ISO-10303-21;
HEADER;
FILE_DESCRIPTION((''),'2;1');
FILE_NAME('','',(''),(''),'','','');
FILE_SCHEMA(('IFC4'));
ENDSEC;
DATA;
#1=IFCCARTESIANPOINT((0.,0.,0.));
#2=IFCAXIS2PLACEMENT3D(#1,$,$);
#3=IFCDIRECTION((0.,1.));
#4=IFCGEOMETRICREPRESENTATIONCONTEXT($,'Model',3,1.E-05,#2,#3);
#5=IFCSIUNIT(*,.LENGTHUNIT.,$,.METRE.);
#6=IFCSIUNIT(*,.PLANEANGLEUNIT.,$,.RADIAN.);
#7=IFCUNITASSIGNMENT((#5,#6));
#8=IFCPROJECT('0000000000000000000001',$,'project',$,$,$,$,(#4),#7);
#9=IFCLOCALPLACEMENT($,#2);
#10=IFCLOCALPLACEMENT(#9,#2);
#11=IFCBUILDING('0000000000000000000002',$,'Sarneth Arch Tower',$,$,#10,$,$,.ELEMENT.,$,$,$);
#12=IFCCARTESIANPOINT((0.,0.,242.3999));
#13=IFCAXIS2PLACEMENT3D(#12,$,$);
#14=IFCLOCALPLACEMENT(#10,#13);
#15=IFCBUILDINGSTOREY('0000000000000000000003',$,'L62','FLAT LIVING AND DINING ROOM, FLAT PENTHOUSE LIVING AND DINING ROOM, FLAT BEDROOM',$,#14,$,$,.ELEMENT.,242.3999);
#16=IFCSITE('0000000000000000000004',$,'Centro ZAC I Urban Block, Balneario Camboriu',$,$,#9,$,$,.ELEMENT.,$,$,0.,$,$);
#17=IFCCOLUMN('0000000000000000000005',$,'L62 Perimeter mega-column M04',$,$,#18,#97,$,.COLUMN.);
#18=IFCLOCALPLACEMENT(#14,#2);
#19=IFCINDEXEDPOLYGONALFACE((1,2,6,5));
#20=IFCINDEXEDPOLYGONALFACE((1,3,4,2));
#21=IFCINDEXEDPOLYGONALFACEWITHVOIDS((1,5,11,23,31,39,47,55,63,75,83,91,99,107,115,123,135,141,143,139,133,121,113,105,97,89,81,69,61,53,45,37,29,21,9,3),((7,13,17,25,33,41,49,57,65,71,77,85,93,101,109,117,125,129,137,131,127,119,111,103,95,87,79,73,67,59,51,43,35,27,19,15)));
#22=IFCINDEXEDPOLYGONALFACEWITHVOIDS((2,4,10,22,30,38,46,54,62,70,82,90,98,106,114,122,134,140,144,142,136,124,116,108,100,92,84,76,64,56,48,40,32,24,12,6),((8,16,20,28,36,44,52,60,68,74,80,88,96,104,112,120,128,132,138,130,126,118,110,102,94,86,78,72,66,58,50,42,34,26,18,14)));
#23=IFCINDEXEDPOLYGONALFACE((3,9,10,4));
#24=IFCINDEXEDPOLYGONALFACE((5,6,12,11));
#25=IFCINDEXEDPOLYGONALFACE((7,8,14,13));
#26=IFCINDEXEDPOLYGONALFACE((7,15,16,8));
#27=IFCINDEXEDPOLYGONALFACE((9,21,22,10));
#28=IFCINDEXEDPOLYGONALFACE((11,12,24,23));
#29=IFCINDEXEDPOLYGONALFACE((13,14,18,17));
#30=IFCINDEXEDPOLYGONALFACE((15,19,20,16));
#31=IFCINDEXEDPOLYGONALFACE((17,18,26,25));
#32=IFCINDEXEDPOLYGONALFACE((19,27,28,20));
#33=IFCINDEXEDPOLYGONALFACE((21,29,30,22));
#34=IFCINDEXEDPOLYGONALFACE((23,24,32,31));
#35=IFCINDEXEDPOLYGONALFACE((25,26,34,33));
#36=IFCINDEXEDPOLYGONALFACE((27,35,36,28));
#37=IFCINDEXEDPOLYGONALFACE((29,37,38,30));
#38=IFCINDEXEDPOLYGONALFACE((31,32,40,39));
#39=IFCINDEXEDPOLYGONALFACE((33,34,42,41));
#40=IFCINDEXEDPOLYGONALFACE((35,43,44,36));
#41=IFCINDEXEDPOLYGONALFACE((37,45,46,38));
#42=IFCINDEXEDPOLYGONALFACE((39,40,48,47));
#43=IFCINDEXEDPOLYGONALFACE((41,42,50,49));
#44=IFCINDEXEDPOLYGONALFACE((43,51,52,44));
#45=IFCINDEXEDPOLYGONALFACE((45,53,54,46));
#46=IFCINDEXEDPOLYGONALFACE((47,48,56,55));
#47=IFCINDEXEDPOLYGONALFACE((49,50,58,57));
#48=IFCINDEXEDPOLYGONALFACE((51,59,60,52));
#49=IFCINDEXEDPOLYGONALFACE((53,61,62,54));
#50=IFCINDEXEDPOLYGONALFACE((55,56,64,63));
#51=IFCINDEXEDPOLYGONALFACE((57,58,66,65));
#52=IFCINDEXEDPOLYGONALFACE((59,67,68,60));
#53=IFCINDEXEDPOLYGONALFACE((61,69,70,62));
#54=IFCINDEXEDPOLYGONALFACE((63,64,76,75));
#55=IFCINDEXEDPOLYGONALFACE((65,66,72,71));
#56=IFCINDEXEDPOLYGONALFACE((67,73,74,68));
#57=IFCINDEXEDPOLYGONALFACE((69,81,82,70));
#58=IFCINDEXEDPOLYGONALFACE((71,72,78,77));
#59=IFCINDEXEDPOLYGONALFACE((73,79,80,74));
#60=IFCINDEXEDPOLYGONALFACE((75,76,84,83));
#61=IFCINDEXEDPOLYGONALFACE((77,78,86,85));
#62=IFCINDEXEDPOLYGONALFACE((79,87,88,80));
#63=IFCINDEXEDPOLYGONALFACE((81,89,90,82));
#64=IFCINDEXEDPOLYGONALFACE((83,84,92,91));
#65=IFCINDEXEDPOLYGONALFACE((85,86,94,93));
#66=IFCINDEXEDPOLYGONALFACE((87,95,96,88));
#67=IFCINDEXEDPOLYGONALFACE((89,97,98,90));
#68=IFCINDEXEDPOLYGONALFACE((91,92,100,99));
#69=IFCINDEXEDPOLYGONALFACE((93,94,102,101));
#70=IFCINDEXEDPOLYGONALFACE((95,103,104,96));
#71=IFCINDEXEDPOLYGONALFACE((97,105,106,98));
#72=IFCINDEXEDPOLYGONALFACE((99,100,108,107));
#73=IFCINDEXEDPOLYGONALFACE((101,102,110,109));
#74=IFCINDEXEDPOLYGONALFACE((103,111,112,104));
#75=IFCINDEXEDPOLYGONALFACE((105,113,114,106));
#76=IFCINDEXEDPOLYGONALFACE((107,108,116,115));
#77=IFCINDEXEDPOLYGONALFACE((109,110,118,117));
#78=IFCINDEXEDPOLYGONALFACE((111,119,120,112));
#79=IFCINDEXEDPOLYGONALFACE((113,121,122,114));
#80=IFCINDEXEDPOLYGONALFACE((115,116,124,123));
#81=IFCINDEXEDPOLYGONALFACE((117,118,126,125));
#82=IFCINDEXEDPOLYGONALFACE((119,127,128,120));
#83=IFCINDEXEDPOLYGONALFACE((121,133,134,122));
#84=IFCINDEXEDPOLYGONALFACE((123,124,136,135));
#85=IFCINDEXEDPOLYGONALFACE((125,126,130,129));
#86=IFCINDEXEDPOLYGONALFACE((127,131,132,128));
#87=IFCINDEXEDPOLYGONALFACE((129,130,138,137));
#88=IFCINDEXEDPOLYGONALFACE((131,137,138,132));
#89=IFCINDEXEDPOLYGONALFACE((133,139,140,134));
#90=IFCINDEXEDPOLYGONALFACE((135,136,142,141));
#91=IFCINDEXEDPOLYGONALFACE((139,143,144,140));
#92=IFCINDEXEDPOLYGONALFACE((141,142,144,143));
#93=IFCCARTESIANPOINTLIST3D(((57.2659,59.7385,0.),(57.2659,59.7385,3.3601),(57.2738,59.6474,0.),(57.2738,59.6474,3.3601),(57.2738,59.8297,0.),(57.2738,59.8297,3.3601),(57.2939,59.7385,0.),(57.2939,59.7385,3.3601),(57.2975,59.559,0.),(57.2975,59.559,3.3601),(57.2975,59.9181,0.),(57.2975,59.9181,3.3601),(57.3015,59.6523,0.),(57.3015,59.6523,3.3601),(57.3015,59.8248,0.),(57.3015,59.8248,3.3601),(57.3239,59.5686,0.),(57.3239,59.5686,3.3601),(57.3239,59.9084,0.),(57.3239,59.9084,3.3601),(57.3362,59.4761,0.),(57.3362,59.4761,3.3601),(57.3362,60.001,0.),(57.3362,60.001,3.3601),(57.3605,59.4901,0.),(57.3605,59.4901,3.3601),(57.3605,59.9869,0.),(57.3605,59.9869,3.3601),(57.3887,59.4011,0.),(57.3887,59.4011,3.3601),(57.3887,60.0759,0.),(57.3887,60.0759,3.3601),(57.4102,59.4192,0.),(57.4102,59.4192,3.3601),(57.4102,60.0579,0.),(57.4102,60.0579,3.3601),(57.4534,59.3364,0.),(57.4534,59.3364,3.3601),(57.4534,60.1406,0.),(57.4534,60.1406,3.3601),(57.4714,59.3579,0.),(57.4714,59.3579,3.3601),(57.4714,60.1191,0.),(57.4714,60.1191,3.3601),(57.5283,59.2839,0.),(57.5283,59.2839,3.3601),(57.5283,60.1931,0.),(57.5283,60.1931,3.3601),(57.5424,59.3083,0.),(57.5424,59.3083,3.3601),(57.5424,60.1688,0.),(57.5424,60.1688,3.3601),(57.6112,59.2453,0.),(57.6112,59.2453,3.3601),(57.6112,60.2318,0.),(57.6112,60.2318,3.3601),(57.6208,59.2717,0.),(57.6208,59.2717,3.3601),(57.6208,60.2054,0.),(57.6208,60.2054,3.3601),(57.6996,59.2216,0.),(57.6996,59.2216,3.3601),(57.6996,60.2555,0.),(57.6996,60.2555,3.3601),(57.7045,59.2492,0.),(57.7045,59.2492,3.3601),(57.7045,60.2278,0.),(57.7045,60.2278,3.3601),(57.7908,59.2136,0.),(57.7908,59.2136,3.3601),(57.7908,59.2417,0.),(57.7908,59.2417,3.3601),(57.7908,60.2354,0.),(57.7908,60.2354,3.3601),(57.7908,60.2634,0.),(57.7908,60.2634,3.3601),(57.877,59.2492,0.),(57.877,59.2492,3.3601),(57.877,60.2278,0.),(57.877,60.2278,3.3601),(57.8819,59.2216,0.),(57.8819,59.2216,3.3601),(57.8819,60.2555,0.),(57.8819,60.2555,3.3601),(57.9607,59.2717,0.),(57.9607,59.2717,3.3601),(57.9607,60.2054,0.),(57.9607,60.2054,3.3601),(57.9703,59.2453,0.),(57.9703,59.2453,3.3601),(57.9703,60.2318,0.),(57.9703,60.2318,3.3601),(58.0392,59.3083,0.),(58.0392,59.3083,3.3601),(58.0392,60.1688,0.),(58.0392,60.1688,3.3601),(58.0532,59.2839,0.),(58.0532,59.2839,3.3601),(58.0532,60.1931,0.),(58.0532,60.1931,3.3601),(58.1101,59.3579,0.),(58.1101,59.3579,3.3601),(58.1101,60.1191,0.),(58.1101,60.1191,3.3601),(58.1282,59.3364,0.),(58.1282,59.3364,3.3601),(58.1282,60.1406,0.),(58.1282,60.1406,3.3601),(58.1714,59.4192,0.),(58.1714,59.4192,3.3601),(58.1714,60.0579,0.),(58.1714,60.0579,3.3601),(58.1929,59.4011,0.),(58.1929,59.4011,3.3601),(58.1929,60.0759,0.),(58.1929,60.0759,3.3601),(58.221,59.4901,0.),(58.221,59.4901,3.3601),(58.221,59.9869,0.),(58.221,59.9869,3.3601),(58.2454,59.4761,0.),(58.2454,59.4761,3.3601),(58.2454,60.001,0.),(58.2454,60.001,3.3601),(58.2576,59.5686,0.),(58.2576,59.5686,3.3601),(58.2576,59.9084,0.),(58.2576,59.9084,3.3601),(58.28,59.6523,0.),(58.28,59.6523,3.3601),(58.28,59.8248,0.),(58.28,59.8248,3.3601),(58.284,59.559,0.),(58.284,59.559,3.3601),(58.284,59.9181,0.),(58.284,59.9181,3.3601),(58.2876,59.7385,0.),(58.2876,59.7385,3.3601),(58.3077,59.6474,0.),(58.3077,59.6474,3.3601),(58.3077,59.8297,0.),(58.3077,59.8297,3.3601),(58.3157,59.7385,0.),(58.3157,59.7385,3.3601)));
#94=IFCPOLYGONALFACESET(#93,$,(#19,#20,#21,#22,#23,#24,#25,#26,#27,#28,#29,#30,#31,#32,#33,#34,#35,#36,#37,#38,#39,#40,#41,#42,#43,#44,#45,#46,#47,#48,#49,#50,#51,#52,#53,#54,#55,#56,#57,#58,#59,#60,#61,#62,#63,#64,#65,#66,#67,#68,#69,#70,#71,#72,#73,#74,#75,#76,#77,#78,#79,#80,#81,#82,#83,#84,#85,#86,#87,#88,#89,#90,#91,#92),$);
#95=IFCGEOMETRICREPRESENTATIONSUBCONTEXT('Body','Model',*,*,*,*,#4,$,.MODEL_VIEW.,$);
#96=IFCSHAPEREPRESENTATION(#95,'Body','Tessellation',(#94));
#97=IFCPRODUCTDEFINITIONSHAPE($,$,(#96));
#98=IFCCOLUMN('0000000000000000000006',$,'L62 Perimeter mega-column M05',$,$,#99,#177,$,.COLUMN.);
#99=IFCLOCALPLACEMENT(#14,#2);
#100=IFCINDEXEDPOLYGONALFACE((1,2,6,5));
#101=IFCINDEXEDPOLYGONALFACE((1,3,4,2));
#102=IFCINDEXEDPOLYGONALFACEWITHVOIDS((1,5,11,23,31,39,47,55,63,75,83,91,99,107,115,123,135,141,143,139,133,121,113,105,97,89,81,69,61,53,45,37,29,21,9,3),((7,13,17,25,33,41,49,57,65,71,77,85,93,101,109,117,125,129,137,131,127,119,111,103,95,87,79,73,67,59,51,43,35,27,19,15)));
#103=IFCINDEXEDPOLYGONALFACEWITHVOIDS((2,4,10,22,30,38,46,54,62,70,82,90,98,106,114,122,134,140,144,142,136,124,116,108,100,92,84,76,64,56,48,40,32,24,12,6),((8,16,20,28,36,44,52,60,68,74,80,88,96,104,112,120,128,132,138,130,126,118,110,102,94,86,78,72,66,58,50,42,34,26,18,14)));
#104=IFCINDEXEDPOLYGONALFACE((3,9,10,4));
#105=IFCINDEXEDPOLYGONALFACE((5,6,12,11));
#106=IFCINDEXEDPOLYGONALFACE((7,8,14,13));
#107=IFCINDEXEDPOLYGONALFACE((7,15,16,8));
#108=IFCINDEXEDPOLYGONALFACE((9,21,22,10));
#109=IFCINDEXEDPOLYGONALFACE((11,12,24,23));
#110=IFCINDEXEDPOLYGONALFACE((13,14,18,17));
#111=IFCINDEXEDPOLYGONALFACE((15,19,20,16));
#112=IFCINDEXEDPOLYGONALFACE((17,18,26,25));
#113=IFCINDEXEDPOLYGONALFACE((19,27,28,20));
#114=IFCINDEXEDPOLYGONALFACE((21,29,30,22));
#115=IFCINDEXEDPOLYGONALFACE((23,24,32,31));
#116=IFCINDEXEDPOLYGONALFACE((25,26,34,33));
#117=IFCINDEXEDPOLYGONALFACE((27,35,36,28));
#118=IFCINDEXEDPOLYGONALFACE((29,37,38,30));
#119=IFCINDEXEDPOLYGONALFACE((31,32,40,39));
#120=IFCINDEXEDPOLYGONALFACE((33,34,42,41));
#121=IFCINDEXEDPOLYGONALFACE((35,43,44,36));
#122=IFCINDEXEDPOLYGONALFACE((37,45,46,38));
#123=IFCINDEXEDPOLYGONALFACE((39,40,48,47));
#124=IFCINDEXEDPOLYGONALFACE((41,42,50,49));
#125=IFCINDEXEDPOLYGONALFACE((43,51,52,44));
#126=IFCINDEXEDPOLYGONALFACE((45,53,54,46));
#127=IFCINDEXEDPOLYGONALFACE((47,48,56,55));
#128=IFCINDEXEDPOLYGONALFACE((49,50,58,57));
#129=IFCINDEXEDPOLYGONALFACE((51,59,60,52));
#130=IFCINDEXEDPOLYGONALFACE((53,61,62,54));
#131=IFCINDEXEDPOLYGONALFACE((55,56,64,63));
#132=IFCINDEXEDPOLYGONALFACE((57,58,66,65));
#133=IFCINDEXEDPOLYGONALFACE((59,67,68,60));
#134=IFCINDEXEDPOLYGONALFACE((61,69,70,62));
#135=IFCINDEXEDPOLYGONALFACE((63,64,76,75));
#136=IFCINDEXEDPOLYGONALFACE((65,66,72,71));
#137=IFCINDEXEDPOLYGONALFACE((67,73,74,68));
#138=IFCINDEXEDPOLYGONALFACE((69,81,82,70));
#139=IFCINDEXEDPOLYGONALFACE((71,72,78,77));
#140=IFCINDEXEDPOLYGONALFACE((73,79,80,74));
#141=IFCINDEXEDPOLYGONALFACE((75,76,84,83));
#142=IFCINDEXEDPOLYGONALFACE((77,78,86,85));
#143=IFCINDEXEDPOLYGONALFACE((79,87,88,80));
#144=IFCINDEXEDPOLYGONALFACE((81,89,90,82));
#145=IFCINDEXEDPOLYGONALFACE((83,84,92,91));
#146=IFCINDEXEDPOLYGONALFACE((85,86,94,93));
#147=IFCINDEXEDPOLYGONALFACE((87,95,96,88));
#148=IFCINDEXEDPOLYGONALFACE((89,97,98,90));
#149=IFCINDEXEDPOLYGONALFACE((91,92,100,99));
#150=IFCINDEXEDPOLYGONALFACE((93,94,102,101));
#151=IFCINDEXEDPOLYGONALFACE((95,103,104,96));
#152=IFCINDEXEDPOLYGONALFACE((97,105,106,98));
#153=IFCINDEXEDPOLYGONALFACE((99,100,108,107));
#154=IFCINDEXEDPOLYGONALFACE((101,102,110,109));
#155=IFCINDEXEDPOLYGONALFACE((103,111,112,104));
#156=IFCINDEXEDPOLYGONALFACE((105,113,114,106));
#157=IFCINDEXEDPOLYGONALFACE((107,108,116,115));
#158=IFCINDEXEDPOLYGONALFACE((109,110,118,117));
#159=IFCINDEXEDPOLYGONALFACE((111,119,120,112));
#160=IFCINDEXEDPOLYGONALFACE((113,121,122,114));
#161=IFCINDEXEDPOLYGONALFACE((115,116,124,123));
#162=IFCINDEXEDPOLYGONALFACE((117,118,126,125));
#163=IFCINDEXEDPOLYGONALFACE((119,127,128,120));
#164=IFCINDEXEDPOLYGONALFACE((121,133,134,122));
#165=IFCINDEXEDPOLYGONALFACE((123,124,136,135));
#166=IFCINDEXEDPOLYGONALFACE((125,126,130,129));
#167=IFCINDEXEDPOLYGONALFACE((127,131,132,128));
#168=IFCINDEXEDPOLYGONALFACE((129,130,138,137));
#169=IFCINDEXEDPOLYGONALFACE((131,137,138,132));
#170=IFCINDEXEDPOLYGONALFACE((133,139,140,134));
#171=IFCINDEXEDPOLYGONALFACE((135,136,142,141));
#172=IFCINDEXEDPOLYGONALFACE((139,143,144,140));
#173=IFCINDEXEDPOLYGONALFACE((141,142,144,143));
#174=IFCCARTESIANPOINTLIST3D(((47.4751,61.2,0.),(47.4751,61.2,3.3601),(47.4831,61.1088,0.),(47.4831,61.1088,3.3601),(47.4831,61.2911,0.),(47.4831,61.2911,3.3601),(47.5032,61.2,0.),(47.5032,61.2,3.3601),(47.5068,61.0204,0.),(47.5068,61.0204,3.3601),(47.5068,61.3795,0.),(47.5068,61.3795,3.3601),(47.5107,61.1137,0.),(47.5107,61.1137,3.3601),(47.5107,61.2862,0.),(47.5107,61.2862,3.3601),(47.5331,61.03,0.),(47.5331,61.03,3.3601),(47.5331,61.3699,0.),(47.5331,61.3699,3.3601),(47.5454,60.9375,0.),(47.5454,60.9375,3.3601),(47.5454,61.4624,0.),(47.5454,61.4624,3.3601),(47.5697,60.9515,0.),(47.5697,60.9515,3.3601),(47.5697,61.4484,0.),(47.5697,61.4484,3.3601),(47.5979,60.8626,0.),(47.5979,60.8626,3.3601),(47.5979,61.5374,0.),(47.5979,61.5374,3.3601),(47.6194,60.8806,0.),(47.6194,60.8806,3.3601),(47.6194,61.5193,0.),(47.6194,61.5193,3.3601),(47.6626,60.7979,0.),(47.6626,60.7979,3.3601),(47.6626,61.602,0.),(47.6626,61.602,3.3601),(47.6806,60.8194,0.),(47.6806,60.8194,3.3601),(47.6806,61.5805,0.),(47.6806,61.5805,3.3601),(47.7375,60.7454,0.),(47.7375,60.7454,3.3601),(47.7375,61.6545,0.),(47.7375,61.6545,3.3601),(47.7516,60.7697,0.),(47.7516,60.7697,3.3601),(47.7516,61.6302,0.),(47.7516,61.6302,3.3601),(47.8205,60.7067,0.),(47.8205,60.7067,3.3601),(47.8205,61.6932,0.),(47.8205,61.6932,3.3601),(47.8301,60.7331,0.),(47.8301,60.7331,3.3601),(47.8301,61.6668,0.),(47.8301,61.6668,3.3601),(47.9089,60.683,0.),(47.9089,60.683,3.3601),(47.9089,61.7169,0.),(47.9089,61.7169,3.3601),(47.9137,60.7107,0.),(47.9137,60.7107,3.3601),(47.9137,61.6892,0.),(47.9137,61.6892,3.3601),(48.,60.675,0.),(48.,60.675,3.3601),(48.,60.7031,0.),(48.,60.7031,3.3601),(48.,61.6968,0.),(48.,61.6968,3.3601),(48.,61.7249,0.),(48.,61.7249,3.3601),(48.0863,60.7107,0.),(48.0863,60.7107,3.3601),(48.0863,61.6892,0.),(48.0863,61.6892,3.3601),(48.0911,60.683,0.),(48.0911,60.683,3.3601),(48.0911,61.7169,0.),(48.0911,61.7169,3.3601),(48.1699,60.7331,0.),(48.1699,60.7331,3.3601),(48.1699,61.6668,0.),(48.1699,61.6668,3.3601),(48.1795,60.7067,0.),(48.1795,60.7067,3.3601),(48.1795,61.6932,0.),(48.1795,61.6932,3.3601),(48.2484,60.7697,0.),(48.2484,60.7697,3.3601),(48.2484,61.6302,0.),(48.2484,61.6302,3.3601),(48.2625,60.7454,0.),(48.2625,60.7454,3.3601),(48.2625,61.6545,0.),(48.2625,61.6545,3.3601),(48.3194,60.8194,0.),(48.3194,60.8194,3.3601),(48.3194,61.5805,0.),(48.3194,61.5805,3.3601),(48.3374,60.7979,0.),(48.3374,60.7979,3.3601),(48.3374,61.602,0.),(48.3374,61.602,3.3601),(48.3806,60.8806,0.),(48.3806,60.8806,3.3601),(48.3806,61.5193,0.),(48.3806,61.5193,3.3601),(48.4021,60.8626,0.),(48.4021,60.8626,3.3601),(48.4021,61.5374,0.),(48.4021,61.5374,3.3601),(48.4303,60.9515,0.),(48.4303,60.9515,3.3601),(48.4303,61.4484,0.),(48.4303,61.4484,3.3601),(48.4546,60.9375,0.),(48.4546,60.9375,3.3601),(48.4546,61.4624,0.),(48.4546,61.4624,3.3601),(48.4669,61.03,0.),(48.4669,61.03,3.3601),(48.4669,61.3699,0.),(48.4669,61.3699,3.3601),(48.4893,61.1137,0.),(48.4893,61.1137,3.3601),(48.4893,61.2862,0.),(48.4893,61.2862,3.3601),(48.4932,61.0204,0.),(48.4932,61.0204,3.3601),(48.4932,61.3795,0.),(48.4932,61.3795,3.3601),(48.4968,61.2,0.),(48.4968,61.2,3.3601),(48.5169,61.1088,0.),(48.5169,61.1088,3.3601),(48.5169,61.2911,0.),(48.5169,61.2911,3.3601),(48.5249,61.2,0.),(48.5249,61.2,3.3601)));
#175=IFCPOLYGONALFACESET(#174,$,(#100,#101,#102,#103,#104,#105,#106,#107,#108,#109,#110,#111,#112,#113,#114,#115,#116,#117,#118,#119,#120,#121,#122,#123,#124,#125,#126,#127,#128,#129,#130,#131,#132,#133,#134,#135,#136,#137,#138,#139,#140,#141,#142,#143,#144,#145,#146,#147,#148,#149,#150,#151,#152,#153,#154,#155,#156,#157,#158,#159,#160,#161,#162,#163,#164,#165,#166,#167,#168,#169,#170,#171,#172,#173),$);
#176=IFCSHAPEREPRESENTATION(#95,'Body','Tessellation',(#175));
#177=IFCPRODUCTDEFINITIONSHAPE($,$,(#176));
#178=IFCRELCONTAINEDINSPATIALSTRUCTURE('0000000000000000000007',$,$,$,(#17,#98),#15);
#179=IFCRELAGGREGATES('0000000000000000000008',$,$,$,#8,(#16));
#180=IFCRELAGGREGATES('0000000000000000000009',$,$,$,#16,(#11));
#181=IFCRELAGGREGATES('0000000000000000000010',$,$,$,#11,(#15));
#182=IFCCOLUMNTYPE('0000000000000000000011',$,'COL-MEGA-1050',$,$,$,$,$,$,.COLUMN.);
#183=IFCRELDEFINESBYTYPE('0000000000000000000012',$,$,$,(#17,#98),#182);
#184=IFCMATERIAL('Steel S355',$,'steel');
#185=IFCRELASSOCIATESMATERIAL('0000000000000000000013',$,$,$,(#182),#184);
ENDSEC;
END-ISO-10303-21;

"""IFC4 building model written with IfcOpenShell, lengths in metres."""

from ifc_helpers import new_model, si_unit, direction, frame, origin, origin_2d, place, context, subcontext, project, spatial, hollow_circle, extrude, material, material_profile, profile_set, type_object, element, save


model = new_model("IFC4")

# Units and contexts
model_context = context("Model", 3, precision=1e-05, world=origin(), true_north=direction((0.0, 1.0)))
body_context = subcontext(model_context, "Body", "Model", "MODEL_VIEW")
ifc_project = project(units=[si_unit("LENGTHUNIT", "METRE"), si_unit("PLANEANGLEUNIT", "RADIAN")], contexts=[model_context])

# Site, building, storey
site_placement = place(None, origin())
site = spatial("IfcSite", under=ifc_project, at=site_placement, Name="Centro ZAC I Urban Block, Balneario Camboriu", CompositionType="ELEMENT", RefElevation=0.0)
building_placement = place(site_placement, origin())
building = spatial("IfcBuilding", under=site, at=building_placement, Name="Sarneth Arch Tower", CompositionType="ELEMENT")
storey_placement = place(building_placement, frame((0.0, 0.0, 242.3999)))
storey = spatial("IfcBuildingStorey", under=building, at=storey_placement, Name="L62", Description="FLAT LIVING AND DINING ROOM, FLAT PENTHOUSE LIVING AND DINING ROOM, FLAT BEDROOM", CompositionType="ELEMENT", Elevation=242.3999)

# Columns
ifc_material_1 = material(Name="Steel S355", Category="steel")
ifc_material_profile_1 = material_profile(ifc_material_1, hollow_circle(Radius=0.5249, WallThickness=0.0281, at=origin_2d()), Name="CHS1050x28")
ifc_profile_set_1 = profile_set([ifc_material_profile_1], Name="Steel S355")
column_type = type_object("IfcColumnType", Name="COL-MEGA-1050", PredefinedType="COLUMN", material=ifc_profile_set_1)
for number, where, z_axis, x_axis, name in (
    (1, (57.7908, 59.7385, 0.0), (0.0, 0.0, 1.0), (1.0, 0.0, 0.0), "L62 Perimeter mega-column M04"),
    (2, (48.0, 61.2, 0.0), (0.0, 0.0, 1.0), (1.0, 0.0, 0.0), "L62 Perimeter mega-column M05"),
):
    element("IfcColumn", number, at=place(storey_placement, frame(where, z_axis=z_axis, x_axis=x_axis)), inside=storey, type_object=column_type, Name=name, PredefinedType="COLUMN", context=body_context, shape_type="SweptSolid", body=[
        extrude(hollow_circle(Radius=0.5249, WallThickness=0.0281, at=origin_2d()), origin(), (0.0, 0.0, 1.0), 3.3601),
    ])

save(model, "model.ifc")
